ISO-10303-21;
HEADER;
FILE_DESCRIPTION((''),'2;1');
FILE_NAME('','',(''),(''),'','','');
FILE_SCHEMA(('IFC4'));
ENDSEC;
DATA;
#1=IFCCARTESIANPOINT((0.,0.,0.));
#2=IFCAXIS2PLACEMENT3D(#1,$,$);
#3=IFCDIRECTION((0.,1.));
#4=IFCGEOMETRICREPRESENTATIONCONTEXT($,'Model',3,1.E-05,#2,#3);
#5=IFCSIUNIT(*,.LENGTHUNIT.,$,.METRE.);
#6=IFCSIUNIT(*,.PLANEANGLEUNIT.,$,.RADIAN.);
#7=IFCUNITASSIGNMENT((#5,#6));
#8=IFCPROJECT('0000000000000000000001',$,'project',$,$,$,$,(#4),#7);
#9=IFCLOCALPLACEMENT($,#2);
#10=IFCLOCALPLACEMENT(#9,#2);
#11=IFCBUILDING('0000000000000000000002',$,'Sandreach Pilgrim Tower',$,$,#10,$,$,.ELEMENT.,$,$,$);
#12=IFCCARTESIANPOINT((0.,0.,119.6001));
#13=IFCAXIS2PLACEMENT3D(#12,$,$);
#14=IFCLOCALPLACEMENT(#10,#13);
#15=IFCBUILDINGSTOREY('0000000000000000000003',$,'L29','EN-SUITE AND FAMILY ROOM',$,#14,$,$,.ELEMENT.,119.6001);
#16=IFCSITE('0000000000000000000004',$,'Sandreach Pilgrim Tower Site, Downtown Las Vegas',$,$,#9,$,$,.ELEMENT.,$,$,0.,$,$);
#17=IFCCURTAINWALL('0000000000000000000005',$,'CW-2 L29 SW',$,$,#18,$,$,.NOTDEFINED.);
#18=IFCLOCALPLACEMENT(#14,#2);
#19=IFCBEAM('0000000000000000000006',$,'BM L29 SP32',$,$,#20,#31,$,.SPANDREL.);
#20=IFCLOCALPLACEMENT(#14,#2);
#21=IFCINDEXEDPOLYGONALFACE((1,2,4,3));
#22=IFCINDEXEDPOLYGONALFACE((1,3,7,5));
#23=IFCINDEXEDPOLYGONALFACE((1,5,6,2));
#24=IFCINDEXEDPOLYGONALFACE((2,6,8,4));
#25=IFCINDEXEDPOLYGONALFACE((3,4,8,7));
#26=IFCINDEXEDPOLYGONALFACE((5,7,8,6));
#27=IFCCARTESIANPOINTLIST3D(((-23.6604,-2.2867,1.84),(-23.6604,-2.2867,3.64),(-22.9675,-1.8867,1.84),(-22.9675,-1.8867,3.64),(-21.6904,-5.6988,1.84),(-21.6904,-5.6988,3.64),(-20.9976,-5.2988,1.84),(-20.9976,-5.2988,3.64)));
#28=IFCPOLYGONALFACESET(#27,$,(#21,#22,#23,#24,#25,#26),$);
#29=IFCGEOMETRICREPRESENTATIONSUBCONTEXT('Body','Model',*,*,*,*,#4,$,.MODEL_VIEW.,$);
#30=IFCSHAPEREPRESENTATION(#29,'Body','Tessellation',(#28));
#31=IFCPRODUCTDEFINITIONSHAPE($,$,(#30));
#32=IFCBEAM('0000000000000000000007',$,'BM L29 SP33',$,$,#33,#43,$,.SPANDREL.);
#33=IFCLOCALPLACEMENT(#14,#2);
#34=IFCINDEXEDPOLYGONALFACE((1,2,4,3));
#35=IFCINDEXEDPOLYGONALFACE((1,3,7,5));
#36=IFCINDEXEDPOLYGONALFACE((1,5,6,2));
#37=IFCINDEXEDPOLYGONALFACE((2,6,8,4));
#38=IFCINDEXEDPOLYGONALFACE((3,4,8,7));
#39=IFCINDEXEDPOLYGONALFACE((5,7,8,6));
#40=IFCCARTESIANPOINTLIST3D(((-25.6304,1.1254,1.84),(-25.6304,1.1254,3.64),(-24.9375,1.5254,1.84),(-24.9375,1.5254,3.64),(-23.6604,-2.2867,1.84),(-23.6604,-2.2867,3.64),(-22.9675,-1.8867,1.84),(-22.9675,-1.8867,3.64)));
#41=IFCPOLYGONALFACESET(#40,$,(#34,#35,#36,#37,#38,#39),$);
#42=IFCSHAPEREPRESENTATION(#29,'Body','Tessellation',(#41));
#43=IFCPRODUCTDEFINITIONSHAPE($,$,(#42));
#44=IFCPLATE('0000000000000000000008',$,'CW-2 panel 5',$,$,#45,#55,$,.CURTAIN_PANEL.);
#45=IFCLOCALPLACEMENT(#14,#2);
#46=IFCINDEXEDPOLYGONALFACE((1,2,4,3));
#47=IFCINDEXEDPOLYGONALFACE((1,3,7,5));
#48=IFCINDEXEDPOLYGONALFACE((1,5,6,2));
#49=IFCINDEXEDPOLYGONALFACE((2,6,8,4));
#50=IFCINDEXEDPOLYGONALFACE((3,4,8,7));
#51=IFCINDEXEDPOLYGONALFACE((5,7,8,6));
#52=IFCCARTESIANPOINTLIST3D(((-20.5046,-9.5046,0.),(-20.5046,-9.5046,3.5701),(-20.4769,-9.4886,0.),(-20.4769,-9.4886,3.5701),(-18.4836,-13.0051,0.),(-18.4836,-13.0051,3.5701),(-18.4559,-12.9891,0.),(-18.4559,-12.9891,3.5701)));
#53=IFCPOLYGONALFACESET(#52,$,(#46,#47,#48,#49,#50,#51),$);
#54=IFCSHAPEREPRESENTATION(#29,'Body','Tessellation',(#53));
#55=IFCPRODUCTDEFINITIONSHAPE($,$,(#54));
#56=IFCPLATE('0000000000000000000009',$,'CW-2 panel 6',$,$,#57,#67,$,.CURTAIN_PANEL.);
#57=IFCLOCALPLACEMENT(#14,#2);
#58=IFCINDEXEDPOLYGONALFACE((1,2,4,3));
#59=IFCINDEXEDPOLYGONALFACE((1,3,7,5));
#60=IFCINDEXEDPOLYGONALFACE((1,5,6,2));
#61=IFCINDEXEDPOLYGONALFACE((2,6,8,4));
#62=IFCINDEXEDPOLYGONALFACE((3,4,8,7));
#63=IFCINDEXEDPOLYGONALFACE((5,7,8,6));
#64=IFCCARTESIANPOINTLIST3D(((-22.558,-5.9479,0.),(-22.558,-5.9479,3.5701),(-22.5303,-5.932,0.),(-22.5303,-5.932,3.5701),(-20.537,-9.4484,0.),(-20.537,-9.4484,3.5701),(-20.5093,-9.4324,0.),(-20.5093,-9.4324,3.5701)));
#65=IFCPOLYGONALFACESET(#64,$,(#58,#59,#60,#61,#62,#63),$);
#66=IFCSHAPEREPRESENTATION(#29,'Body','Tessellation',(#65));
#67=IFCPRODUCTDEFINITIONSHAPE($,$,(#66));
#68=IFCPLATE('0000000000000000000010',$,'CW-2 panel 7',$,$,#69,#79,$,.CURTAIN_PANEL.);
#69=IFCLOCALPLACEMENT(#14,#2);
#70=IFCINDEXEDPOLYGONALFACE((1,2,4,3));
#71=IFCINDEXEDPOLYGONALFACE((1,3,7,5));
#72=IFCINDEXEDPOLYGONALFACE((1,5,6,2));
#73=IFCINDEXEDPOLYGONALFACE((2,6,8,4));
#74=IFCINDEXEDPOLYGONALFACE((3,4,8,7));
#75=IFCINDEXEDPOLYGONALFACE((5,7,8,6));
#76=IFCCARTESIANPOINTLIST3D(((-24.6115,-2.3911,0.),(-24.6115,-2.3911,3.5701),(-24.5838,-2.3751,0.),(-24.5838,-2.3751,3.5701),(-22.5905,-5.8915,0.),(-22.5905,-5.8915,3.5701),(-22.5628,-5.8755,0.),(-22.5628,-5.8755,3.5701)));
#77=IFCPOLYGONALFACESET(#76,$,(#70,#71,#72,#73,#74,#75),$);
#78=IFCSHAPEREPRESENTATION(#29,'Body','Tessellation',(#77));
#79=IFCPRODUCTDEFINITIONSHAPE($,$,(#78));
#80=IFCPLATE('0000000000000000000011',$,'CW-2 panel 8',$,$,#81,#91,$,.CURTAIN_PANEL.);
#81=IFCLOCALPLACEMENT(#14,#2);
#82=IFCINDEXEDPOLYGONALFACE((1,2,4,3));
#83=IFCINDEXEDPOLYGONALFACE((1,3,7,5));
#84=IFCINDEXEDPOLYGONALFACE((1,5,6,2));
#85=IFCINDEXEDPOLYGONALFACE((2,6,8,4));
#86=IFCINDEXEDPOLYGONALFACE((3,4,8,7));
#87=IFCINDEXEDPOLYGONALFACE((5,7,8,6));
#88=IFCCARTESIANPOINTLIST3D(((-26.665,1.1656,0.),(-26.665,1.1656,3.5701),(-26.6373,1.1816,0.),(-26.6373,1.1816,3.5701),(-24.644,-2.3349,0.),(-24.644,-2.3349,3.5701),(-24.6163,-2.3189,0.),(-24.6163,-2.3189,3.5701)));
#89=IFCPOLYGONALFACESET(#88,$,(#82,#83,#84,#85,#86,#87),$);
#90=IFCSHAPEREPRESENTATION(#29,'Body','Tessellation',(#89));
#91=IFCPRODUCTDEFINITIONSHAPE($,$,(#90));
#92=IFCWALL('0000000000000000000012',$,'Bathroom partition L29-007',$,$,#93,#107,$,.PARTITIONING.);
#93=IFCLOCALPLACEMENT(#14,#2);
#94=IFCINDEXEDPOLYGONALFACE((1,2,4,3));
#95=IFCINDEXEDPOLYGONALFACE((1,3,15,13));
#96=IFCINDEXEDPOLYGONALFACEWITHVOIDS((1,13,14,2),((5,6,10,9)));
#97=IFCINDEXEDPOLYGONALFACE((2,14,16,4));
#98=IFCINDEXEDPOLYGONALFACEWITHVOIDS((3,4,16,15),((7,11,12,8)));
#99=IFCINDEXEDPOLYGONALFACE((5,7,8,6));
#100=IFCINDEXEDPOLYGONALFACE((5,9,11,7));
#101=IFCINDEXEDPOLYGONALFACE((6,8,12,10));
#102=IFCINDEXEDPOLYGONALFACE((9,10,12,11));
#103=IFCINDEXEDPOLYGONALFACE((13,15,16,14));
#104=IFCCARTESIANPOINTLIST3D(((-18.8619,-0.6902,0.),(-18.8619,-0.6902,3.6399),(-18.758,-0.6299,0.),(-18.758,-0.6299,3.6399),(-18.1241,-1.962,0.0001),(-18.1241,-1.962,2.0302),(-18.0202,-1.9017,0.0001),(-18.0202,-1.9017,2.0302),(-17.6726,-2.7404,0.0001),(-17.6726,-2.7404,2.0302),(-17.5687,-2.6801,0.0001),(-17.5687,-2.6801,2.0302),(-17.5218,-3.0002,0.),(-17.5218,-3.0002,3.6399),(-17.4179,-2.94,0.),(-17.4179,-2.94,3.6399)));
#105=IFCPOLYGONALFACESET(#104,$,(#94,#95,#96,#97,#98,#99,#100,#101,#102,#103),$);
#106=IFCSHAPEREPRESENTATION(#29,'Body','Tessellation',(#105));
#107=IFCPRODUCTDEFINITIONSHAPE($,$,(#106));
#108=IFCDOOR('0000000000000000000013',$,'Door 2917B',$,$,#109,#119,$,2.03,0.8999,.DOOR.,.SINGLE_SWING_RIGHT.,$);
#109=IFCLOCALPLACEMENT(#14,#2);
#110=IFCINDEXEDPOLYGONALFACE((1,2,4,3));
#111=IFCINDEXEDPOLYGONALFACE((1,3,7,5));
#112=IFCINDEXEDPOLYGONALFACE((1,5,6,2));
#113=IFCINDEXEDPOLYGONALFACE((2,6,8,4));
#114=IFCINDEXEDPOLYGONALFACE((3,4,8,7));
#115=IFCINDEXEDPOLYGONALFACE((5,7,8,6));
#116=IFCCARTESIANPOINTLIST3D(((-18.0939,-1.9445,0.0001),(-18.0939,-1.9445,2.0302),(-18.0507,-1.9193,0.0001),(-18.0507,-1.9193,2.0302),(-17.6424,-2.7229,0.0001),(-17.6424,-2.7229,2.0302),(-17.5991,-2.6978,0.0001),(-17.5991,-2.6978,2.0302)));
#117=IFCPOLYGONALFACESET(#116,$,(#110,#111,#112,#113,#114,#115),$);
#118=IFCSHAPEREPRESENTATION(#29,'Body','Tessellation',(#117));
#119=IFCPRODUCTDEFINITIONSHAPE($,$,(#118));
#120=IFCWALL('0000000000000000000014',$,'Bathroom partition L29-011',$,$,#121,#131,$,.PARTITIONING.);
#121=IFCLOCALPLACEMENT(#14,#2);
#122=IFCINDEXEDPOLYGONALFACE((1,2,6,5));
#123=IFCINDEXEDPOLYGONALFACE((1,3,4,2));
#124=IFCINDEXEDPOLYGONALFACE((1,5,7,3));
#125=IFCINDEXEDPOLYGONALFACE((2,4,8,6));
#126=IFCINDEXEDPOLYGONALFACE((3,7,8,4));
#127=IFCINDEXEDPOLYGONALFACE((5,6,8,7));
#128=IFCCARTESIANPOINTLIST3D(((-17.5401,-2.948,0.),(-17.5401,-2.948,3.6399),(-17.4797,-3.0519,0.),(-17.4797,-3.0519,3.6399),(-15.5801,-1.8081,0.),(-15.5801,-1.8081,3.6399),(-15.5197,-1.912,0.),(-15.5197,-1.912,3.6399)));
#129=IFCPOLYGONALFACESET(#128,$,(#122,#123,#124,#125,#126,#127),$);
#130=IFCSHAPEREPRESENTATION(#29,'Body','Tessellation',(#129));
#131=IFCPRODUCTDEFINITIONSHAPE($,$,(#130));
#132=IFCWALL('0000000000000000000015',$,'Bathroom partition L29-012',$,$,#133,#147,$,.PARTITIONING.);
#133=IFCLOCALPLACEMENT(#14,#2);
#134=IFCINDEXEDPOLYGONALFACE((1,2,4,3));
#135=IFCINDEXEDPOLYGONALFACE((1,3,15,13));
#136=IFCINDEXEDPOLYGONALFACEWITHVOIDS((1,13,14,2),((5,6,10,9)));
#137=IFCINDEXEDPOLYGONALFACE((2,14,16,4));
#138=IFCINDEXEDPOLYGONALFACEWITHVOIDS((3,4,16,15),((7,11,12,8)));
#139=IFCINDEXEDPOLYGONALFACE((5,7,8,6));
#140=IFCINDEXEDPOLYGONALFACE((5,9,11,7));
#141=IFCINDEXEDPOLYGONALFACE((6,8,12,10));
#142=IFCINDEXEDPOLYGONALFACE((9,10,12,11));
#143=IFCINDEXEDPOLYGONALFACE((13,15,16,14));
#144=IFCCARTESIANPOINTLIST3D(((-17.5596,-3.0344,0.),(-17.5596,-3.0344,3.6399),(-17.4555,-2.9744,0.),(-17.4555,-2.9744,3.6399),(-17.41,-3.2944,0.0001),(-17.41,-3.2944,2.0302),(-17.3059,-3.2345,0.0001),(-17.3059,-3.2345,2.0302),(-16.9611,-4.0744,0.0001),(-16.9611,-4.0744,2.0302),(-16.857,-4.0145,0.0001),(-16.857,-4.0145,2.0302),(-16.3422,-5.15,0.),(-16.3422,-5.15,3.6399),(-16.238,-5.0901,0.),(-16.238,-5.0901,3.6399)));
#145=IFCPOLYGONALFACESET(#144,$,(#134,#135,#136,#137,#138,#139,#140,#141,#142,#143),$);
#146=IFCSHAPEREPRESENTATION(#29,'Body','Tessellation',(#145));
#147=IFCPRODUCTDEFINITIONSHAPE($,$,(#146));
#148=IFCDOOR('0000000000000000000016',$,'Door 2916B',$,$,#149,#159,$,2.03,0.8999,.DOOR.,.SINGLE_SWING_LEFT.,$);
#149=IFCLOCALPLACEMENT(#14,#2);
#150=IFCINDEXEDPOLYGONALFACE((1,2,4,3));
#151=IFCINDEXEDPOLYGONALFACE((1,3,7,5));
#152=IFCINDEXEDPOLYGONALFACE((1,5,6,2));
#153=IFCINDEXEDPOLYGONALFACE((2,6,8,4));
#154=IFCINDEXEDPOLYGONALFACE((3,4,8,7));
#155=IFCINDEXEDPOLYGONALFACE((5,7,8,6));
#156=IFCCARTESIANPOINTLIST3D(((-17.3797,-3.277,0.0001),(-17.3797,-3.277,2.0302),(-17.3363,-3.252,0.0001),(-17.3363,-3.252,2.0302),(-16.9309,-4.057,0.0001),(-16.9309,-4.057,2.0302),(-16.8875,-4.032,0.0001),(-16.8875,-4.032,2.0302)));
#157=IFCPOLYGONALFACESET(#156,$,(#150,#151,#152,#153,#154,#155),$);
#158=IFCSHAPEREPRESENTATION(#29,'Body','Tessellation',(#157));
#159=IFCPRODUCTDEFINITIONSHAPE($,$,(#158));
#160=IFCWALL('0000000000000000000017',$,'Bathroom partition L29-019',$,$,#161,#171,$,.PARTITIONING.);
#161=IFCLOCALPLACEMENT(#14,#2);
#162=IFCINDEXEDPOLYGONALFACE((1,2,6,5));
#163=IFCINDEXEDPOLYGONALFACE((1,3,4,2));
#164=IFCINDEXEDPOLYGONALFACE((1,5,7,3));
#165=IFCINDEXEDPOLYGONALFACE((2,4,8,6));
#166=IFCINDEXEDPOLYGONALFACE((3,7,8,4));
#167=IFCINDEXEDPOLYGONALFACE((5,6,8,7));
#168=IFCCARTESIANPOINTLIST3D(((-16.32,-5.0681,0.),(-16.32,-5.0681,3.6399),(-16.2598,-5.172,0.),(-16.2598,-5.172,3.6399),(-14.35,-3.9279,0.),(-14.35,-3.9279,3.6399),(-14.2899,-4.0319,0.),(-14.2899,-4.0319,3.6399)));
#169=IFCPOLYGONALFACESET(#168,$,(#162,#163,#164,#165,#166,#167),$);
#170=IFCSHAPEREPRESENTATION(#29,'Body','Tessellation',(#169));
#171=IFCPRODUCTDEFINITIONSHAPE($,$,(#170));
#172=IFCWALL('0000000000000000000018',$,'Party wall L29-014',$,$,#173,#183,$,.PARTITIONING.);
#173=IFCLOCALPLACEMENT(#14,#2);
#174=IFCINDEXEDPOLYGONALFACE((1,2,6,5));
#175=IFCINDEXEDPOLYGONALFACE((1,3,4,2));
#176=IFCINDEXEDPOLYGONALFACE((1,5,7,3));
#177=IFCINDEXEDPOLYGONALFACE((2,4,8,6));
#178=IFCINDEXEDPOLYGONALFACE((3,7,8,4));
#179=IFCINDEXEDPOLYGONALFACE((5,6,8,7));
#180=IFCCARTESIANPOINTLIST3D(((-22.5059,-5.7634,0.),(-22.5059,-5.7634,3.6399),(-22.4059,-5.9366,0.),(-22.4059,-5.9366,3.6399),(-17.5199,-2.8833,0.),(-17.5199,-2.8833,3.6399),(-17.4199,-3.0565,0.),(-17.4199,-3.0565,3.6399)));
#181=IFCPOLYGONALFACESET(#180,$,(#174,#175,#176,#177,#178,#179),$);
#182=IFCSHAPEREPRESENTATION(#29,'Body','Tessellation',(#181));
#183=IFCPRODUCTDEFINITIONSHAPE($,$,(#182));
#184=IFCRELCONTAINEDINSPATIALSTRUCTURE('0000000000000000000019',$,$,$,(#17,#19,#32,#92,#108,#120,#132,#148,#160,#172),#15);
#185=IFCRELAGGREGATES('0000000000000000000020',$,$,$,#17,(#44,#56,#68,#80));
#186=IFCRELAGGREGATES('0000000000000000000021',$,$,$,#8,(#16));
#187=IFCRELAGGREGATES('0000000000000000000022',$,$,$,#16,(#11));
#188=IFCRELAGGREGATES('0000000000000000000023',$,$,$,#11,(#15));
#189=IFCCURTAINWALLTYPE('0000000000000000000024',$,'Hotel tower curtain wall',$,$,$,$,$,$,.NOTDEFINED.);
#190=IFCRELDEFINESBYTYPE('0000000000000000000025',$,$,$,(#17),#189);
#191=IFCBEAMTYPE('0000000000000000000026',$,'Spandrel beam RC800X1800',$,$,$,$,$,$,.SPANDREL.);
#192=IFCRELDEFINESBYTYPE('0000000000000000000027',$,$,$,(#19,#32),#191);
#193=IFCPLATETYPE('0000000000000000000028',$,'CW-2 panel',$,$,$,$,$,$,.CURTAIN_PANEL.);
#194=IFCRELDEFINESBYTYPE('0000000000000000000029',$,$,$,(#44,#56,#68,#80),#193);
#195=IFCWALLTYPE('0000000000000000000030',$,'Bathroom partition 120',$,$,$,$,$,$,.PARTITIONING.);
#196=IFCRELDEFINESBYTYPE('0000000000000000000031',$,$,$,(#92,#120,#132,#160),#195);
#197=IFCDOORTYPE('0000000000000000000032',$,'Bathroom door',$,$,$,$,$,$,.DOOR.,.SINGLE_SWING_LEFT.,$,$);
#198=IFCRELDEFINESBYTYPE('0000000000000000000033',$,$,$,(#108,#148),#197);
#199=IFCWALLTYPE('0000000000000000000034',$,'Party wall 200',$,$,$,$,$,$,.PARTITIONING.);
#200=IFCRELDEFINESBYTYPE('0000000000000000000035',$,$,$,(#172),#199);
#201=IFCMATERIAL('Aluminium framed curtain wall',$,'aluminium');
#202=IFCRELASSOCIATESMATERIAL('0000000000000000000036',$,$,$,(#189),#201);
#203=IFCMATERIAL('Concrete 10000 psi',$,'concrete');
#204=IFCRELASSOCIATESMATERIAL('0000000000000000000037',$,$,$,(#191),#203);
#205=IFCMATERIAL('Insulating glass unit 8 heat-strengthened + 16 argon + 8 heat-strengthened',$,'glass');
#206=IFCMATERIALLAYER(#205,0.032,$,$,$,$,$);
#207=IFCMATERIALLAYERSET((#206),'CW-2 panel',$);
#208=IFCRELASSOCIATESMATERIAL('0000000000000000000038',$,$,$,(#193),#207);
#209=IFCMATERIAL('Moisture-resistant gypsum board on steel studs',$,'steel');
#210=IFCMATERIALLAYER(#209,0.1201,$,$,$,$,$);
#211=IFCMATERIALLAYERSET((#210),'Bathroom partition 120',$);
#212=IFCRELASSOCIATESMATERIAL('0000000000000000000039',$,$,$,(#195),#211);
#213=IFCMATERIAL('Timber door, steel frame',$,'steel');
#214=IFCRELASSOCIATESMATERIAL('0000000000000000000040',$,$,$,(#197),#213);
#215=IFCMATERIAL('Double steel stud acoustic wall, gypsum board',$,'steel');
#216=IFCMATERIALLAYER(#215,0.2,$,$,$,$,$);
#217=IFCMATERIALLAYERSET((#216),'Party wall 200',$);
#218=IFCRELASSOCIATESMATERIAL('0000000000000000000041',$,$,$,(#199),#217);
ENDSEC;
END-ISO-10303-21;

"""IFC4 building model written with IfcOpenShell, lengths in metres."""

from ifc_helpers import new_model, si_unit, direction, frame, frame_2d, origin, origin_2d, place, context, subcontext, project, spatial, rectangle, extrude, material, layer, layer_set, material_profile, profile_set, type_object, element, fill, aggregate, save


model = new_model("IFC4")

# Units and contexts
model_context = context("Model", 3, precision=1e-05, world=origin(), true_north=direction((0.0, 1.0)))
body_context = subcontext(model_context, "Body", "Model", "MODEL_VIEW")
ifc_project = project(units=[si_unit("LENGTHUNIT", "METRE"), si_unit("PLANEANGLEUNIT", "RADIAN")], contexts=[model_context])

# Site, building, storey
site_placement = place(None, origin())
site = spatial("IfcSite", under=ifc_project, at=site_placement, Name="Sandreach Pilgrim Tower Site, Downtown Las Vegas", CompositionType="ELEMENT", RefElevation=0.0)
building_placement = place(site_placement, origin())
building = spatial("IfcBuilding", under=site, at=building_placement, Name="Sandreach Pilgrim Tower", CompositionType="ELEMENT")
storey_placement = place(building_placement, frame((0.0, 0.0, 119.6001)))
storey = spatial("IfcBuildingStorey", under=building, at=storey_placement, Name="L29", Description="EN-SUITE AND FAMILY ROOM", CompositionType="ELEMENT", Elevation=119.6001)

# Curtain wall
ifc_material_1 = material(Name="Aluminium framed curtain wall", Category="aluminium")
curtain_wall_type = type_object("IfcCurtainWallType", Name="Hotel tower curtain wall", PredefinedType="NOTDEFINED", material=ifc_material_1)
curtain_wall_placement = place(storey_placement, origin())
curtain_wall = element("IfcCurtainWall", 1, at=curtain_wall_placement, inside=storey, type_object=curtain_wall_type, Name="CW-2 L29 SW", PredefinedType="NOTDEFINED")

# Beams
ifc_material_2 = material(Name="Concrete 10000 psi", Category="concrete")
ifc_material_profile_1 = material_profile(ifc_material_2, rectangle(XDim=0.8, YDim=1.8, at=origin_2d()), Name="RC800X1800")
ifc_profile_set_1 = profile_set([ifc_material_profile_1], Name="Concrete 10000 psi")
beam_type_1 = type_object("IfcBeamType", Name="Spandrel beam RC800X1800", PredefinedType="SPANDREL", material=ifc_profile_set_1)
for number, where, z_axis, x_axis, name in (
    (2, (-21.344, -5.4988, 2.74), (-0.499998, 0.866027, 0.0), (-0.866027, -0.499998, 0.0), "BM L29 SP32"),
    (3, (-23.314, -2.0867, 2.74), (-0.499998, 0.866027, 0.0), (-0.866027, -0.499998, 0.0), "BM L29 SP33"),
):
    element("IfcBeam", number, at=place(storey_placement, frame(where, z_axis=z_axis, x_axis=x_axis)), inside=storey, type_object=beam_type_1, Name=name, PredefinedType="SPANDREL", context=body_context, shape_type="SweptSolid", body=[
        extrude(rectangle(XDim=0.8, YDim=1.8, at=origin_2d()), origin(), (0.0, 0.0, 1.0), 3.9399),
    ])

# Plates
ifc_material_3 = material(Name="Insulating glass unit 8 heat-strengthened + 16 argon + 8 heat-strengthened", Category="glass")
ifc_layer_1 = layer(ifc_material_3, 0.032)
ifc_layer_set_1 = layer_set([ifc_layer_1], Name="CW-2 panel")
plate_type = type_object("IfcPlateType", Name="CW-2 panel", PredefinedType="CURTAIN_PANEL", material=ifc_layer_set_1)
plate_1_placement = place(storey_placement, frame((-19.4802, -11.2468, 0.0), z_axis=(0.0, 0.0, 1.0), x_axis=(-0.5, 0.866025, 0.0)))
plate_1 = element("IfcPlate", 4, at=plate_1_placement, type_object=plate_type, Name="CW-2 panel 5", PredefinedType="CURTAIN_PANEL", context=body_context, shape_type="SweptSolid", body=[
    extrude(rectangle(XDim=4.042, YDim=0.032, at=origin_2d()), origin(), (0.0, 0.0, 1.0), 3.5701),
])
plate_2_placement = place(storey_placement, frame((-21.5337, -7.6902, 0.0), z_axis=(0.0, 0.0, 1.0), x_axis=(-0.5, 0.866025, 0.0)))
plate_2 = element("IfcPlate", 5, at=plate_2_placement, type_object=plate_type, Name="CW-2 panel 6", PredefinedType="CURTAIN_PANEL", context=body_context, shape_type="SweptSolid", body=[
    extrude(rectangle(XDim=4.042, YDim=0.032, at=origin_2d()), origin(), (0.0, 0.0, 1.0), 3.5701),
])
plate_3_placement = place(storey_placement, frame((-23.5872, -4.1333, 0.0), z_axis=(0.0, 0.0, 1.0), x_axis=(-0.5, 0.866025, 0.0)))
plate_3 = element("IfcPlate", 6, at=plate_3_placement, type_object=plate_type, Name="CW-2 panel 7", PredefinedType="CURTAIN_PANEL", context=body_context, shape_type="SweptSolid", body=[
    extrude(rectangle(XDim=4.042, YDim=0.032, at=origin_2d()), origin(), (0.0, 0.0, 1.0), 3.5701),
])
plate_4_placement = place(storey_placement, frame((-25.6406, -0.5767, 0.0), z_axis=(0.0, 0.0, 1.0), x_axis=(-0.5, 0.866025, 0.0)))
plate_4 = element("IfcPlate", 7, at=plate_4_placement, type_object=plate_type, Name="CW-2 panel 8", PredefinedType="CURTAIN_PANEL", context=body_context, shape_type="SweptSolid", body=[
    extrude(rectangle(XDim=4.042, YDim=0.032, at=origin_2d()), origin(), (0.0, 0.0, 1.0), 3.5701),
])
aggregate(curtain_wall, [plate_1, plate_2, plate_3, plate_4])

# Wall, opening, door
ifc_material_4 = material(Name="Moisture-resistant gypsum board on steel studs", Category="steel")
ifc_layer_2 = layer(ifc_material_4, 0.1201)
ifc_layer_set_2 = layer_set([ifc_layer_2], Name="Bathroom partition 120")
wall_type_1 = type_object("IfcWallType", Name="Bathroom partition 120", PredefinedType="PARTITIONING", material=ifc_layer_set_2)
wall_1_placement = place(storey_placement, frame((-18.8101, -0.6599, 0.0), z_axis=(0.0, 0.0, 1.0), x_axis=(0.501789, -0.86499, 0.0)))
wall_1 = element("IfcWall", 8, at=wall_1_placement, inside=storey, type_object=wall_type_1, Name="Bathroom partition L29-007", PredefinedType="PARTITIONING", context=body_context, shape_type="SweptSolid", body=[
    extrude(rectangle(XDim=2.6707, YDim=0.1201, at=frame_2d((1.3354, 0.0))), origin(), (0.0, 0.0, 1.0), 3.6399),
])
opening_1_placement = place(wall_1_placement, frame((1.4705, 0.0, 0.0)))
opening_1 = element("IfcOpeningElement", 9, at=opening_1_placement, cuts=wall_1, PredefinedType="OPENING", context=body_context, shape_type="SweptSolid", body=[
    extrude(rectangle(XDim=0.8999, YDim=2.03, at=frame_2d((0.45, 1.0151))), frame((0.0, 0.0601, 0.0), z_axis=(0.0, -1.0, 0.0), x_axis=(1.0, 0.0, 0.0)), (0.0, 0.0, 1.0), 0.1201),
])
ifc_material_5 = material(Name="Timber door, steel frame", Category="steel")
door_type = type_object("IfcDoorType", Name="Bathroom door", OperationType="SINGLE_SWING_LEFT", PredefinedType="DOOR", material=ifc_material_5)
door_1_placement = place(opening_1_placement, origin())
door_1 = element("IfcDoor", 10, at=door_1_placement, inside=storey, type_object=door_type, Name="Door 2917B", OperationType="SINGLE_SWING_RIGHT", OverallHeight=2.03, OverallWidth=0.8999, PredefinedType="DOOR", context=body_context, shape_type="SweptSolid", body=[
    extrude(rectangle(XDim=0.8999, YDim=2.03, at=frame_2d((0.45, 1.0151))), frame((0.0, 0.0249, 0.0), z_axis=(0.0, -1.0, 0.0), x_axis=(1.0, 0.0, 0.0)), (0.0, 0.0, 1.0), 0.05),
])
fill(opening_1, door_1)

# Wall
wall_2_placement = place(storey_placement, frame((-17.51, -3.0, 0.0), z_axis=(0.0, 0.0, 1.0), x_axis=(0.864434, 0.502746, 0.0)))
element("IfcWall", 11, at=wall_2_placement, inside=storey, type_object=wall_type_1, Name="Bathroom partition L29-011", PredefinedType="PARTITIONING", context=body_context, shape_type="SweptSolid", body=[
    extrude(rectangle(XDim=2.2673, YDim=0.1201, at=frame_2d((1.1338, 0.0))), origin(), (0.0, 0.0, 1.0), 3.6399),
])

# Wall, opening, door
wall_3_placement = place(storey_placement, frame((-17.5076, -3.0044, 0.0), z_axis=(0.0, 0.0, 1.0), x_axis=(0.498776, -0.866731, 0.0)))
wall_3 = element("IfcWall", 12, at=wall_3_placement, inside=storey, type_object=wall_type_1, Name="Bathroom partition L29-012", PredefinedType="PARTITIONING", context=body_context, shape_type="SweptSolid", body=[
    extrude(rectangle(XDim=2.4409, YDim=0.1201, at=frame_2d((1.2205, 0.0))), origin(), (0.0, 0.0, 1.0), 3.6399),
])
opening_2_placement = place(wall_3_placement, frame((0.3, 0.0, 0.0)))
opening_2 = element("IfcOpeningElement", 13, at=opening_2_placement, cuts=wall_3, PredefinedType="OPENING", context=body_context, shape_type="SweptSolid", body=[
    extrude(rectangle(XDim=0.8999, YDim=2.03, at=frame_2d((0.45, 1.0151))), frame((0.0, 0.0601, 0.0), z_axis=(0.0, -1.0, 0.0), x_axis=(1.0, 0.0, 0.0)), (0.0, 0.0, 1.0), 0.1201),
])
door_2_placement = place(opening_2_placement, origin())
door_2 = element("IfcDoor", 14, at=door_2_placement, inside=storey, type_object=door_type, Name="Door 2916B", OperationType="SINGLE_SWING_LEFT", OverallHeight=2.03, OverallWidth=0.8999, PredefinedType="DOOR", context=body_context, shape_type="SweptSolid", body=[
    extrude(rectangle(XDim=0.8999, YDim=2.03, at=frame_2d((0.45, 1.0151))), frame((0.0, 0.0249, 0.0), z_axis=(0.0, -1.0, 0.0), x_axis=(1.0, 0.0, 0.0)), (0.0, 0.0, 1.0), 0.05),
])
fill(opening_2, door_2)

# Walls
wall_4_placement = place(storey_placement, frame((-16.29, -5.1201, 0.0), z_axis=(0.0, 0.0, 1.0), x_axis=(0.865497, 0.500914, 0.0)))
element("IfcWall", 15, at=wall_4_placement, inside=storey, type_object=wall_type_1, Name="Bathroom partition L29-019", PredefinedType="PARTITIONING", context=body_context, shape_type="SweptSolid", body=[
    extrude(rectangle(XDim=2.2761, YDim=0.1201, at=frame_2d((1.1382, 0.0))), origin(), (0.0, 0.0, 1.0), 3.6399),
])
ifc_material_6 = material(Name="Double steel stud acoustic wall, gypsum board", Category="steel")
ifc_layer_3 = layer(ifc_material_6, 0.2)
ifc_layer_set_3 = layer_set([ifc_layer_3], Name="Party wall 200")
wall_type_2 = type_object("IfcWallType", Name="Party wall 200", PredefinedType="PARTITIONING", material=ifc_layer_set_3)
wall_5_placement = place(storey_placement, frame((-17.47, -2.97, 0.0), z_axis=(0.0, 0.0, 1.0), x_axis=(-0.865919, -0.500184, 0.0)))
element("IfcWall", 16, at=wall_5_placement, inside=storey, type_object=wall_type_2, Name="Party wall L29-014", PredefinedType="PARTITIONING", context=body_context, shape_type="SweptSolid", body=[
    extrude(rectangle(XDim=5.7581, YDim=0.2, at=frame_2d((2.8789, 0.0))), origin(), (0.0, 0.0, 1.0), 3.6399),
])

save(model, "model.ifc")
